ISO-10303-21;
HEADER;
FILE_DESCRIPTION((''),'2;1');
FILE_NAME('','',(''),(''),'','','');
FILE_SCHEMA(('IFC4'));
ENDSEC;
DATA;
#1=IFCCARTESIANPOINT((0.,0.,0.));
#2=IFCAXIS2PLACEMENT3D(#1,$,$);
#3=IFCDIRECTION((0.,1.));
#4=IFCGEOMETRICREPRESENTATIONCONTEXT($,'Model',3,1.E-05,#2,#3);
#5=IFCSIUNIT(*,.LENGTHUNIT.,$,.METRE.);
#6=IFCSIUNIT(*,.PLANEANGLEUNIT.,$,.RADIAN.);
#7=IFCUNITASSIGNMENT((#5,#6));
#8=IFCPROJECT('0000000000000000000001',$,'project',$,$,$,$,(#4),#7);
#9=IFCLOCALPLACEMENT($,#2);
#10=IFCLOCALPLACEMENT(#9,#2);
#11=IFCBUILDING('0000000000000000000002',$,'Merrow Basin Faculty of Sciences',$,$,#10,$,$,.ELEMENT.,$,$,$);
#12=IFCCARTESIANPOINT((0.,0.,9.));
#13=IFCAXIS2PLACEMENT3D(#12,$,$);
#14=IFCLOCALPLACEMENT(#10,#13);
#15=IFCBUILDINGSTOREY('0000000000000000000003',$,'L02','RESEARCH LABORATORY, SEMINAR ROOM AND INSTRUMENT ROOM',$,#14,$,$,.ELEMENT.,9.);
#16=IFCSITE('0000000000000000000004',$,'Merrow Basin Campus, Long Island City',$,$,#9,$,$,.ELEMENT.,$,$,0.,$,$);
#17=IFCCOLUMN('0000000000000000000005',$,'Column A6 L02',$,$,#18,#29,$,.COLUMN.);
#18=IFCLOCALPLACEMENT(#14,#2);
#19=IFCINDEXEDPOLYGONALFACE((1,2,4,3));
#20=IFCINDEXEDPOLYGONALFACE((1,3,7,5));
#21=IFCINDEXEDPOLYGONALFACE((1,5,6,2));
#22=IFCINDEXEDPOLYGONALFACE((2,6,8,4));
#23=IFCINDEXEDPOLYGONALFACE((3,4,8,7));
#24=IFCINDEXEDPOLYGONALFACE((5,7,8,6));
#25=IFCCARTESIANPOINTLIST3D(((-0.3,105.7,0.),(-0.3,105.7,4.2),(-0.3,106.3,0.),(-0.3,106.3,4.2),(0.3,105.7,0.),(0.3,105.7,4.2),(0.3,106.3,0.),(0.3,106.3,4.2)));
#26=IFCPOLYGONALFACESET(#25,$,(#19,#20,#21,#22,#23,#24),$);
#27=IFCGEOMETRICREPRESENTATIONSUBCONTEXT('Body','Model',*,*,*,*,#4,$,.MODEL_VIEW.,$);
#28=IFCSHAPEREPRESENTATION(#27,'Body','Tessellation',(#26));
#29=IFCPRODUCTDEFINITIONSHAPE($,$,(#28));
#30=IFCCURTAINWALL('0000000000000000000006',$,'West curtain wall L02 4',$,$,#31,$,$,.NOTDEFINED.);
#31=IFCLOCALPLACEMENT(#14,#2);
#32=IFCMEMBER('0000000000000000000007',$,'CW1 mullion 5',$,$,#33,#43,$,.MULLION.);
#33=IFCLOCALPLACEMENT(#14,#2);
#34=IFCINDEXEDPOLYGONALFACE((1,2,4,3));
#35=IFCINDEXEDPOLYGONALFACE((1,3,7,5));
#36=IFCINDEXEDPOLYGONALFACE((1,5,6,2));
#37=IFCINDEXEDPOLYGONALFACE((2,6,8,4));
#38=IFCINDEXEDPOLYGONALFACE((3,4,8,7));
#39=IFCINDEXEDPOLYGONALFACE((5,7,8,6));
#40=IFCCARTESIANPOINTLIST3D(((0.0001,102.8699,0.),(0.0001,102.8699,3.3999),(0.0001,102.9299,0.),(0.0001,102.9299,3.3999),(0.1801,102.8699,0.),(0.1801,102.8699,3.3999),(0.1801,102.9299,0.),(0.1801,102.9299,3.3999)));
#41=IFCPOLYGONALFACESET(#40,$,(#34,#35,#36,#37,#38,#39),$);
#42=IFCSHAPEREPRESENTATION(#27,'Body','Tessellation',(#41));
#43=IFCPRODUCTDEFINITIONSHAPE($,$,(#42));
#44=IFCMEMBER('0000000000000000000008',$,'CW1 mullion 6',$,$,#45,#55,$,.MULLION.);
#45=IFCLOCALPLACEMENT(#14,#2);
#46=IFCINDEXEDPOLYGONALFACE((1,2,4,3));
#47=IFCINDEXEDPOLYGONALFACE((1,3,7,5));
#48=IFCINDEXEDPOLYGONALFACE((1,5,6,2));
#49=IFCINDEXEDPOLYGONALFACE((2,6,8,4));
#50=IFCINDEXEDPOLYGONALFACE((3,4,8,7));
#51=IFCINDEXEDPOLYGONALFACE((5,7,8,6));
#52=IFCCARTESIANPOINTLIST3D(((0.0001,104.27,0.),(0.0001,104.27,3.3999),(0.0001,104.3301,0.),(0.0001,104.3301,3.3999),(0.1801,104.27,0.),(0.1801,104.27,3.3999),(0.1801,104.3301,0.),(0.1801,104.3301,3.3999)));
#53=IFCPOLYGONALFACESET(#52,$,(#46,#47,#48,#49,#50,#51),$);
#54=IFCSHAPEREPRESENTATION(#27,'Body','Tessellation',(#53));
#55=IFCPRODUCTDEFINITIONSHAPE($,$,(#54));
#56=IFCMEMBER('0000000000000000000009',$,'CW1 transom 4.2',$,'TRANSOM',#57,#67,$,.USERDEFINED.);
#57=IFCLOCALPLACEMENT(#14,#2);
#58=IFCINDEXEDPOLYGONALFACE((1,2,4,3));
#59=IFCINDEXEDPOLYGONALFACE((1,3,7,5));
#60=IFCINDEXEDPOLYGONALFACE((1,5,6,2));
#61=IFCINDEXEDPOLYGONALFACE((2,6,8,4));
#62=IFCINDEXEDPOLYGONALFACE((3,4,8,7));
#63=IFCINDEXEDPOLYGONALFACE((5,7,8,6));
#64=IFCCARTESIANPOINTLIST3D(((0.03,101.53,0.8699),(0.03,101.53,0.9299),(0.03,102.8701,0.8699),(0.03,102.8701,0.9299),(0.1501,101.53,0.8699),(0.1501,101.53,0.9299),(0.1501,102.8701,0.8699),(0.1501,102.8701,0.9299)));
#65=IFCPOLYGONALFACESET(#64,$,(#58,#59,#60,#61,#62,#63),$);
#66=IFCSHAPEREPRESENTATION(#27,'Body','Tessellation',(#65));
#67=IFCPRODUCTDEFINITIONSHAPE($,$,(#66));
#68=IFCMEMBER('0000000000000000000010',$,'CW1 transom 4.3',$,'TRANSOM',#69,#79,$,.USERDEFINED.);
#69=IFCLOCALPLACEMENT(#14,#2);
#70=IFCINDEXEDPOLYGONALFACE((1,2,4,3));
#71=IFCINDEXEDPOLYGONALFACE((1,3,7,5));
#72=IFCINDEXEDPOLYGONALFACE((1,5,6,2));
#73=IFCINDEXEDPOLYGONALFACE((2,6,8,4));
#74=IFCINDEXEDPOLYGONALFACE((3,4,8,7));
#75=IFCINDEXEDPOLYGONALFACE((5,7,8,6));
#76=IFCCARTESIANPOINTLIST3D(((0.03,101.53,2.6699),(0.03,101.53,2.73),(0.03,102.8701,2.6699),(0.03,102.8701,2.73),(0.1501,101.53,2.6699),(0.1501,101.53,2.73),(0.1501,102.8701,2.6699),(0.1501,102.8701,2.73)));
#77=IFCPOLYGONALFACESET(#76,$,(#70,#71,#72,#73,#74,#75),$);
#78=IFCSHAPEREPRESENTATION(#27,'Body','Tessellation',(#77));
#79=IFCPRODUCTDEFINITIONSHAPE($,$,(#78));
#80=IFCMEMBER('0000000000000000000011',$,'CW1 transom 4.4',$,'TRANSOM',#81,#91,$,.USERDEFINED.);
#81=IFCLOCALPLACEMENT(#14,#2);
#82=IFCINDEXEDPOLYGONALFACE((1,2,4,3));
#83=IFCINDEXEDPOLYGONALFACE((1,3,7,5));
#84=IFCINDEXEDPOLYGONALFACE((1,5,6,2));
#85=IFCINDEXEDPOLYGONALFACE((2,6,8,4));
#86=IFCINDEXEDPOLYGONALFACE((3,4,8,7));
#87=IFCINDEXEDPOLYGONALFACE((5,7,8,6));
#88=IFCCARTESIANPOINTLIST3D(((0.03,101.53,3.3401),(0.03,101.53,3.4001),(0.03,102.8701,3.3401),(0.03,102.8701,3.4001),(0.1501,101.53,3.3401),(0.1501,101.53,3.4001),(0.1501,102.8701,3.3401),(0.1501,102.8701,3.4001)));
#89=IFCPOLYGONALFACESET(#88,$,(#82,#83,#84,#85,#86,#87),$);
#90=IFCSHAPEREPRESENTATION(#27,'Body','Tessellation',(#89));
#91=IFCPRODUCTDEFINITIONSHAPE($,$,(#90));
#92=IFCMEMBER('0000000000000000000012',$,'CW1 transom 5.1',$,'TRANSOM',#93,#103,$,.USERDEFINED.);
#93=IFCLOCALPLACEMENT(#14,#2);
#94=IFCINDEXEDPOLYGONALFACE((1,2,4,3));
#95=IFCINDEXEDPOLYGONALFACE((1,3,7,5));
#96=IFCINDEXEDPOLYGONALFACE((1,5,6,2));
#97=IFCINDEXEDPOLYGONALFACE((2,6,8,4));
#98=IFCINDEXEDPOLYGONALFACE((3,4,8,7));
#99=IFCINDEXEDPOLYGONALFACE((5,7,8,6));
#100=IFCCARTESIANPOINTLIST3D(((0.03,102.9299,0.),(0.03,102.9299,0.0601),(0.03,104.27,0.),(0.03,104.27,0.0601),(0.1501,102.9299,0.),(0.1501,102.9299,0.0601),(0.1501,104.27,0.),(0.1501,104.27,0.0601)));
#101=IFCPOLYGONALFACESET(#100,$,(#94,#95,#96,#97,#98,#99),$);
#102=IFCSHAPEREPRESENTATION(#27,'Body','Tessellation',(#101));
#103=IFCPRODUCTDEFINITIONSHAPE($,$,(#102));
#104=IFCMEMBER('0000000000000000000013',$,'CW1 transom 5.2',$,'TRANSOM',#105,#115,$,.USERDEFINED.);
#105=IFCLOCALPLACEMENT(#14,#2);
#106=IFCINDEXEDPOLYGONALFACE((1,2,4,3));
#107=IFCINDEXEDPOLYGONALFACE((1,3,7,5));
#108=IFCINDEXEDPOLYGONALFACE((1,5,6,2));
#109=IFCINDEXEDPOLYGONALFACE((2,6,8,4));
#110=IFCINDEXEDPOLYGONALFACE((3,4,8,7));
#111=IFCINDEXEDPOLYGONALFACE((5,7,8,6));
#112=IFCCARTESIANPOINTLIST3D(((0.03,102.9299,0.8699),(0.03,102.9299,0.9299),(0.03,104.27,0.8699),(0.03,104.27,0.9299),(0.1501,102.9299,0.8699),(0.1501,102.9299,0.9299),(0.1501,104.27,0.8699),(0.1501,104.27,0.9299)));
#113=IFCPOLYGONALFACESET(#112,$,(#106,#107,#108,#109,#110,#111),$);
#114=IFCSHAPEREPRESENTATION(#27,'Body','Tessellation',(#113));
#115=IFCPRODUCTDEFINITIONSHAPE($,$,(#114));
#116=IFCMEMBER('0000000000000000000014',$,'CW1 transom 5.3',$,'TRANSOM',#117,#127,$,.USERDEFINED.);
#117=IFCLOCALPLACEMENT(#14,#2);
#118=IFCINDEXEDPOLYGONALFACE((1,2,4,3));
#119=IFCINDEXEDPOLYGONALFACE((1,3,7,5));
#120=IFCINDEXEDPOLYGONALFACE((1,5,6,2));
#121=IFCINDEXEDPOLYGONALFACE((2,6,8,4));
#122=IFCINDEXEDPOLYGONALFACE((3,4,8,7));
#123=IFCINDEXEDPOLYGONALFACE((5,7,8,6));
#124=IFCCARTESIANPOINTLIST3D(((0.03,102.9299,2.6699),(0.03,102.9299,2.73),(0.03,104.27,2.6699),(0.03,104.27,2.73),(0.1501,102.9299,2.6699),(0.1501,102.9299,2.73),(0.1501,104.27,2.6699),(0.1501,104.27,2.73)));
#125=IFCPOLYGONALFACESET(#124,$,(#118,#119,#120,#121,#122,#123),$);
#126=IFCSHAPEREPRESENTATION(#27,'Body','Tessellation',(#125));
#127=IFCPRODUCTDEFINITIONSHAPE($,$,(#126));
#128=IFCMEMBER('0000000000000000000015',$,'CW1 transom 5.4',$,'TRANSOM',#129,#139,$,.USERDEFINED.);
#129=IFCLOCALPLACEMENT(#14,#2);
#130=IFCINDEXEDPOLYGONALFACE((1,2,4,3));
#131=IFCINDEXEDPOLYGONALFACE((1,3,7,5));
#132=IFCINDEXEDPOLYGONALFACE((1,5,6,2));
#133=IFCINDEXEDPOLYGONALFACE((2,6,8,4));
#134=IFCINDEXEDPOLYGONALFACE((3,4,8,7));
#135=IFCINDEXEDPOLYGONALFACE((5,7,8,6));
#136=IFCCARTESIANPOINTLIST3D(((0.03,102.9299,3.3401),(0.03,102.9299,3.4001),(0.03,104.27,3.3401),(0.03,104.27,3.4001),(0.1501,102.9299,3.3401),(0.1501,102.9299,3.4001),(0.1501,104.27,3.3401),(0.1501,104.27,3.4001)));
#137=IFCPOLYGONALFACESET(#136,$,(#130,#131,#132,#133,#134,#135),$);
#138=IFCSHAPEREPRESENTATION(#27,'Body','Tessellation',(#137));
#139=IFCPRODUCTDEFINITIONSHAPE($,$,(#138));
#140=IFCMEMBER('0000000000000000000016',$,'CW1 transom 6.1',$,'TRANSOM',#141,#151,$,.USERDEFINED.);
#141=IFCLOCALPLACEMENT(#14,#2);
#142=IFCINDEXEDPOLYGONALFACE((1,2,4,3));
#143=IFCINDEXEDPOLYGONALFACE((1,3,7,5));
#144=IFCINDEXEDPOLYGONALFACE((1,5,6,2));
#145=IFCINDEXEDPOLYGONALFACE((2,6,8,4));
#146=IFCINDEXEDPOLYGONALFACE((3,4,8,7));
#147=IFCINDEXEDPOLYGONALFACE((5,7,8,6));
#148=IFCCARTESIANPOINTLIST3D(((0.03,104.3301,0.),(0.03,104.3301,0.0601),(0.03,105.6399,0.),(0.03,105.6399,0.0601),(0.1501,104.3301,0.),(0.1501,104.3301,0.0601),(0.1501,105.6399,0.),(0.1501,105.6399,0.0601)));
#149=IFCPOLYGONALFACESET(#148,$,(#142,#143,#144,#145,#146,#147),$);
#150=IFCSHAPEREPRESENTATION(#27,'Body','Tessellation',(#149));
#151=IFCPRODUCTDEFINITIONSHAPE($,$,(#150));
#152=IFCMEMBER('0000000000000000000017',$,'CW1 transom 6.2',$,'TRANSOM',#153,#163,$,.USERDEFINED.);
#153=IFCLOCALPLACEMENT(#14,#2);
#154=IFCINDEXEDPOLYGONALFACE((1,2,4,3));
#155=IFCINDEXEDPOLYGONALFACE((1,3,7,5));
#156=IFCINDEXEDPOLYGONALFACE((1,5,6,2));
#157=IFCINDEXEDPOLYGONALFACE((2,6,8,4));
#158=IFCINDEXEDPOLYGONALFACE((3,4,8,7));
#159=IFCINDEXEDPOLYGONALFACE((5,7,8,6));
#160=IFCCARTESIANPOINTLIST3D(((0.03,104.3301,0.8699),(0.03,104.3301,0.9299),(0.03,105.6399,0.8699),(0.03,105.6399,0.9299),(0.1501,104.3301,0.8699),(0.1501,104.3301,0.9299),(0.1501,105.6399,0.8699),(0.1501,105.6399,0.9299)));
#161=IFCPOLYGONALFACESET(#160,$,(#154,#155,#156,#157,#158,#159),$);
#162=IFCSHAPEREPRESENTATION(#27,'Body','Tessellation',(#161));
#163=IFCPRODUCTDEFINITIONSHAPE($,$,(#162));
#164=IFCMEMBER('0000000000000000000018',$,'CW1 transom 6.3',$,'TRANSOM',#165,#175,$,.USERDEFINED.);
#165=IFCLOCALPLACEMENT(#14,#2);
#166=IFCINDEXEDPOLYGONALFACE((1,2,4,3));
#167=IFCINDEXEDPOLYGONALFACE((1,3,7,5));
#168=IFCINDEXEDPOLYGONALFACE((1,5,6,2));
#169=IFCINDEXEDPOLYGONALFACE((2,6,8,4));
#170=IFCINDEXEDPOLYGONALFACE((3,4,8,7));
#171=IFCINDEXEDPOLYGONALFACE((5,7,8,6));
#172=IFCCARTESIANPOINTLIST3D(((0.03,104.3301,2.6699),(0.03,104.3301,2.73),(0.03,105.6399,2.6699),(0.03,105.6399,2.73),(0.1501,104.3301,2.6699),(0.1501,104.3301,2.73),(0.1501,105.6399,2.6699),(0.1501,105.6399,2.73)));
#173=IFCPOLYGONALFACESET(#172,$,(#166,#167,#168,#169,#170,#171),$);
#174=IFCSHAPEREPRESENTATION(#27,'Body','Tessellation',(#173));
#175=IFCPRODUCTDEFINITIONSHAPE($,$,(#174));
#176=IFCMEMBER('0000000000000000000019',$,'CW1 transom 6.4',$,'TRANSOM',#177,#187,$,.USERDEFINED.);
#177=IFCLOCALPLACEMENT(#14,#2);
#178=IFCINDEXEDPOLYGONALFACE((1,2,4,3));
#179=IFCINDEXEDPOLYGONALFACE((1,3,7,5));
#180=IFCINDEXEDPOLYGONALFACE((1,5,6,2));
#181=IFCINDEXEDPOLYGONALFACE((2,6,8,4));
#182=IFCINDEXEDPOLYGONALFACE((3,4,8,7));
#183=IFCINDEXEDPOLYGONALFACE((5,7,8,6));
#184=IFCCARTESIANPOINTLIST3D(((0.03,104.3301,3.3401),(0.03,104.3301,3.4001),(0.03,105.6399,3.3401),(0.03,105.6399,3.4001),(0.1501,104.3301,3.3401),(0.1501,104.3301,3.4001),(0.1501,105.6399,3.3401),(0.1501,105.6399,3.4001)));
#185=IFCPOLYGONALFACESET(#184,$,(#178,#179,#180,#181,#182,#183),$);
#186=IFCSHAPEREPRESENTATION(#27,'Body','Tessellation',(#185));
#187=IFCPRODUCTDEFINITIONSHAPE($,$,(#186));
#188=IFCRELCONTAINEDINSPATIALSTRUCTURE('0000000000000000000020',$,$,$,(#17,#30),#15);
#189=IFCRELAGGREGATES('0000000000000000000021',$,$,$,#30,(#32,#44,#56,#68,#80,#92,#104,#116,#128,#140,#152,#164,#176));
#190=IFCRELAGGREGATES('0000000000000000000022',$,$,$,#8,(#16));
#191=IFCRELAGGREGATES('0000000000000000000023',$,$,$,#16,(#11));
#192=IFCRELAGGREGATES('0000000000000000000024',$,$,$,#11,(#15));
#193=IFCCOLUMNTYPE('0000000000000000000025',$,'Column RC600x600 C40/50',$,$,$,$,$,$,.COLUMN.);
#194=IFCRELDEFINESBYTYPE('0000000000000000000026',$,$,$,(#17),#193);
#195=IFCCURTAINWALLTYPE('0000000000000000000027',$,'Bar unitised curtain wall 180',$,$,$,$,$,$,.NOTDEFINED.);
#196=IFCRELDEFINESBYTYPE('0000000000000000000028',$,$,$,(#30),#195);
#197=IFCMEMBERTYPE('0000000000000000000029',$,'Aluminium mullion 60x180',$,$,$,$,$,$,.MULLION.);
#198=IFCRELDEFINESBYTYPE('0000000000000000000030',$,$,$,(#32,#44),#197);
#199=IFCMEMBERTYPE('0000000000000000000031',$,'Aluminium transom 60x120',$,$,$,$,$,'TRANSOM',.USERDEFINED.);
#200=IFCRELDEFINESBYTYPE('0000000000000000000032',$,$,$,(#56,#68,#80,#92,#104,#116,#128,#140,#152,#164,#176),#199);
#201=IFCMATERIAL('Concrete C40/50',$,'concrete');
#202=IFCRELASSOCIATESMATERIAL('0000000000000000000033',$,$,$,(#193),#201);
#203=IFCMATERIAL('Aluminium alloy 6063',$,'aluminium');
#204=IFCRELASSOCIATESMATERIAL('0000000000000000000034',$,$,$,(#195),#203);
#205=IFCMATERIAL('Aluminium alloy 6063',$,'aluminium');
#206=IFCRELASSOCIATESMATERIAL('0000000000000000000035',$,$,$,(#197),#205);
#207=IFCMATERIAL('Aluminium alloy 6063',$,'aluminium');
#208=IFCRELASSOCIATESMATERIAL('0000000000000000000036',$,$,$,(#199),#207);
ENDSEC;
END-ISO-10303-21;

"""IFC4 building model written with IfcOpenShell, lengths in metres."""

from ifc_helpers import new_model, si_unit, direction, frame, origin, origin_2d, place, context, subcontext, project, spatial, rectangle, extrude, material, material_profile, profile_set, type_object, element, aggregate, save


model = new_model("IFC4")

# Units and contexts
model_context = context("Model", 3, precision=1e-05, world=origin(), true_north=direction((0.0, 1.0)))
body_context = subcontext(model_context, "Body", "Model", "MODEL_VIEW")
ifc_project = project(units=[si_unit("LENGTHUNIT", "METRE"), si_unit("PLANEANGLEUNIT", "RADIAN")], contexts=[model_context])

# Site, building, storey
site_placement = place(None, origin())
site = spatial("IfcSite", under=ifc_project, at=site_placement, Name="Merrow Basin Campus, Long Island City", CompositionType="ELEMENT", RefElevation=0.0)
building_placement = place(site_placement, origin())
building = spatial("IfcBuilding", under=site, at=building_placement, Name="Merrow Basin Faculty of Sciences", CompositionType="ELEMENT")
storey_placement = place(building_placement, frame((0.0, 0.0, 9.0)))
storey = spatial("IfcBuildingStorey", under=building, at=storey_placement, Name="L02", Description="RESEARCH LABORATORY, SEMINAR ROOM AND INSTRUMENT ROOM", CompositionType="ELEMENT", Elevation=9.0)

# Column
ifc_material_1 = material(Name="Concrete C40/50", Category="concrete")
ifc_material_profile_1 = material_profile(ifc_material_1, rectangle(XDim=0.6001, YDim=0.6001, at=origin_2d()))
ifc_profile_set_1 = profile_set([ifc_material_profile_1], Name="Concrete C40/50")
column_type = type_object("IfcColumnType", Name="Column RC600x600 C40/50", PredefinedType="COLUMN", material=ifc_profile_set_1)
column_placement = place(storey_placement, frame((0.0, 106.0, 0.0), z_axis=(0.0, 0.0, 1.0), x_axis=(1.0, 0.0, 0.0)))
element("IfcColumn", 1, at=column_placement, inside=storey, type_object=column_type, Name="Column A6 L02", PredefinedType="COLUMN", context=body_context, shape_type="SweptSolid", body=[
    extrude(rectangle(XDim=0.6001, YDim=0.6001, at=origin_2d()), origin(), (0.0, 0.0, 1.0), 4.2),
])

# Curtain wall, members
ifc_material_2 = material(Name="Aluminium alloy 6063", Category="aluminium")
curtain_wall_type = type_object("IfcCurtainWallType", Name="Bar unitised curtain wall 180", PredefinedType="NOTDEFINED", material=ifc_material_2)
curtain_wall_placement = place(storey_placement, origin())
curtain_wall = element("IfcCurtainWall", 2, at=curtain_wall_placement, inside=storey, type_object=curtain_wall_type, Name="West curtain wall L02 4", PredefinedType="NOTDEFINED")
ifc_material_3 = material(Name="Aluminium alloy 6063", Category="aluminium")
ifc_material_profile_2 = material_profile(ifc_material_3, rectangle(XDim=0.1799, YDim=0.0601, at=origin_2d()))
ifc_profile_set_2 = profile_set([ifc_material_profile_2], Name="Aluminium alloy 6063")
member_type_1 = type_object("IfcMemberType", Name="Aluminium mullion 60x180", PredefinedType="MULLION", material=ifc_profile_set_2)
member_1_placement = place(storey_placement, frame((0.0901, 102.8999, 0.0), z_axis=(0.0, 0.0, 1.0), x_axis=(-1.0, 0.0, 0.0)))
member_1 = element("IfcMember", 3, at=member_1_placement, type_object=member_type_1, Name="CW1 mullion 5", PredefinedType="MULLION", context=body_context, shape_type="SweptSolid", body=[
    extrude(rectangle(XDim=0.1799, YDim=0.0601, at=origin_2d()), origin(), (0.0, 0.0, 1.0), 3.3999),
])
member_2_placement = place(storey_placement, frame((0.0901, 104.3, 0.0), z_axis=(0.0, 0.0, 1.0), x_axis=(-1.0, 0.0, 0.0)))
member_2 = element("IfcMember", 4, at=member_2_placement, type_object=member_type_1, Name="CW1 mullion 6", PredefinedType="MULLION", context=body_context, shape_type="SweptSolid", body=[
    extrude(rectangle(XDim=0.1799, YDim=0.0601, at=origin_2d()), origin(), (0.0, 0.0, 1.0), 3.3999),
])
ifc_material_4 = material(Name="Aluminium alloy 6063", Category="aluminium")
ifc_material_profile_3 = material_profile(ifc_material_4, rectangle(XDim=0.1201, YDim=0.0601, at=origin_2d()))
ifc_profile_set_3 = profile_set([ifc_material_profile_3], Name="Aluminium alloy 6063")
member_type_2 = type_object("IfcMemberType", Name="Aluminium transom 60x120", ElementType="TRANSOM", PredefinedType="USERDEFINED", material=ifc_profile_set_3)
member_3_placement = place(storey_placement, frame((0.0901, 101.53, 0.8999), z_axis=(0.0, 1.0, 0.0), x_axis=(-1.0, 0.0, 0.0)))
member_3 = element("IfcMember", 5, at=member_3_placement, type_object=member_type_2, Name="CW1 transom 4.2", ObjectType="TRANSOM", PredefinedType="USERDEFINED", context=body_context, shape_type="SweptSolid", body=[
    extrude(rectangle(XDim=0.1201, YDim=0.0601, at=origin_2d()), origin(), (0.0, 0.0, 1.0), 1.3401),
])
member_4_placement = place(storey_placement, frame((0.0901, 101.53, 2.7), z_axis=(0.0, 1.0, 0.0), x_axis=(-1.0, 0.0, 0.0)))
member_4 = element("IfcMember", 6, at=member_4_placement, type_object=member_type_2, Name="CW1 transom 4.3", ObjectType="TRANSOM", PredefinedType="USERDEFINED", context=body_context, shape_type="SweptSolid", body=[
    extrude(rectangle(XDim=0.1201, YDim=0.0601, at=origin_2d()), origin(), (0.0, 0.0, 1.0), 1.3401),
])
member_5_placement = place(storey_placement, frame((0.0901, 101.53, 3.3701), z_axis=(0.0, 1.0, 0.0), x_axis=(-1.0, 0.0, 0.0)))
member_5 = element("IfcMember", 7, at=member_5_placement, type_object=member_type_2, Name="CW1 transom 4.4", ObjectType="TRANSOM", PredefinedType="USERDEFINED", context=body_context, shape_type="SweptSolid", body=[
    extrude(rectangle(XDim=0.1201, YDim=0.0601, at=origin_2d()), origin(), (0.0, 0.0, 1.0), 1.3401),
])
member_6_placement = place(storey_placement, frame((0.0901, 102.9299, 0.03), z_axis=(0.0, 1.0, 0.0), x_axis=(-1.0, 0.0, 0.0)))
member_6 = element("IfcMember", 8, at=member_6_placement, type_object=member_type_2, Name="CW1 transom 5.1", ObjectType="TRANSOM", PredefinedType="USERDEFINED", context=body_context, shape_type="SweptSolid", body=[
    extrude(rectangle(XDim=0.1201, YDim=0.0601, at=origin_2d()), origin(), (0.0, 0.0, 1.0), 1.3401),
])
member_7_placement = place(storey_placement, frame((0.0901, 102.9299, 0.8999), z_axis=(0.0, 1.0, 0.0), x_axis=(-1.0, 0.0, 0.0)))
member_7 = element("IfcMember", 9, at=member_7_placement, type_object=member_type_2, Name="CW1 transom 5.2", ObjectType="TRANSOM", PredefinedType="USERDEFINED", context=body_context, shape_type="SweptSolid", body=[
    extrude(rectangle(XDim=0.1201, YDim=0.0601, at=origin_2d()), origin(), (0.0, 0.0, 1.0), 1.3401),
])
member_8_placement = place(storey_placement, frame((0.0901, 102.9299, 2.7), z_axis=(0.0, 1.0, 0.0), x_axis=(-1.0, 0.0, 0.0)))
member_8 = element("IfcMember", 10, at=member_8_placement, type_object=member_type_2, Name="CW1 transom 5.3", ObjectType="TRANSOM", PredefinedType="USERDEFINED", context=body_context, shape_type="SweptSolid", body=[
    extrude(rectangle(XDim=0.1201, YDim=0.0601, at=origin_2d()), origin(), (0.0, 0.0, 1.0), 1.3401),
])
member_9_placement = place(storey_placement, frame((0.0901, 102.9299, 3.3701), z_axis=(0.0, 1.0, 0.0), x_axis=(-1.0, 0.0, 0.0)))
member_9 = element("IfcMember", 11, at=member_9_placement, type_object=member_type_2, Name="CW1 transom 5.4", ObjectType="TRANSOM", PredefinedType="USERDEFINED", context=body_context, shape_type="SweptSolid", body=[
    extrude(rectangle(XDim=0.1201, YDim=0.0601, at=origin_2d()), origin(), (0.0, 0.0, 1.0), 1.3401),
])
member_10_placement = place(storey_placement, frame((0.0901, 104.3301, 0.03), z_axis=(0.0, 1.0, 0.0), x_axis=(-1.0, 0.0, 0.0)))
member_10 = element("IfcMember", 12, at=member_10_placement, type_object=member_type_2, Name="CW1 transom 6.1", ObjectType="TRANSOM", PredefinedType="USERDEFINED", context=body_context, shape_type="SweptSolid", body=[
    extrude(rectangle(XDim=0.1201, YDim=0.0601, at=origin_2d()), origin(), (0.0, 0.0, 1.0), 1.3098),
])
member_11_placement = place(storey_placement, frame((0.0901, 104.3301, 0.8999), z_axis=(0.0, 1.0, 0.0), x_axis=(-1.0, 0.0, 0.0)))
member_11 = element("IfcMember", 13, at=member_11_placement, type_object=member_type_2, Name="CW1 transom 6.2", ObjectType="TRANSOM", PredefinedType="USERDEFINED", context=body_context, shape_type="SweptSolid", body=[
    extrude(rectangle(XDim=0.1201, YDim=0.0601, at=origin_2d()), origin(), (0.0, 0.0, 1.0), 1.3098),
])
member_12_placement = place(storey_placement, frame((0.0901, 104.3301, 2.7), z_axis=(0.0, 1.0, 0.0), x_axis=(-1.0, 0.0, 0.0)))
member_12 = element("IfcMember", 14, at=member_12_placement, type_object=member_type_2, Name="CW1 transom 6.3", ObjectType="TRANSOM", PredefinedType="USERDEFINED", context=body_context, shape_type="SweptSolid", body=[
    extrude(rectangle(XDim=0.1201, YDim=0.0601, at=origin_2d()), origin(), (0.0, 0.0, 1.0), 1.3098),
])
member_13_placement = place(storey_placement, frame((0.0901, 104.3301, 3.3701), z_axis=(0.0, 1.0, 0.0), x_axis=(-1.0, 0.0, 0.0)))
member_13 = element("IfcMember", 15, at=member_13_placement, type_object=member_type_2, Name="CW1 transom 6.4", ObjectType="TRANSOM", PredefinedType="USERDEFINED", context=body_context, shape_type="SweptSolid", body=[
    extrude(rectangle(XDim=0.1201, YDim=0.0601, at=origin_2d()), origin(), (0.0, 0.0, 1.0), 1.3098),
])

aggregate(curtain_wall, [member_1, member_2, member_3, member_4, member_5, member_6, member_7, member_8, member_9, member_10, member_11, member_12, member_13])

save(model, "model.ifc")
